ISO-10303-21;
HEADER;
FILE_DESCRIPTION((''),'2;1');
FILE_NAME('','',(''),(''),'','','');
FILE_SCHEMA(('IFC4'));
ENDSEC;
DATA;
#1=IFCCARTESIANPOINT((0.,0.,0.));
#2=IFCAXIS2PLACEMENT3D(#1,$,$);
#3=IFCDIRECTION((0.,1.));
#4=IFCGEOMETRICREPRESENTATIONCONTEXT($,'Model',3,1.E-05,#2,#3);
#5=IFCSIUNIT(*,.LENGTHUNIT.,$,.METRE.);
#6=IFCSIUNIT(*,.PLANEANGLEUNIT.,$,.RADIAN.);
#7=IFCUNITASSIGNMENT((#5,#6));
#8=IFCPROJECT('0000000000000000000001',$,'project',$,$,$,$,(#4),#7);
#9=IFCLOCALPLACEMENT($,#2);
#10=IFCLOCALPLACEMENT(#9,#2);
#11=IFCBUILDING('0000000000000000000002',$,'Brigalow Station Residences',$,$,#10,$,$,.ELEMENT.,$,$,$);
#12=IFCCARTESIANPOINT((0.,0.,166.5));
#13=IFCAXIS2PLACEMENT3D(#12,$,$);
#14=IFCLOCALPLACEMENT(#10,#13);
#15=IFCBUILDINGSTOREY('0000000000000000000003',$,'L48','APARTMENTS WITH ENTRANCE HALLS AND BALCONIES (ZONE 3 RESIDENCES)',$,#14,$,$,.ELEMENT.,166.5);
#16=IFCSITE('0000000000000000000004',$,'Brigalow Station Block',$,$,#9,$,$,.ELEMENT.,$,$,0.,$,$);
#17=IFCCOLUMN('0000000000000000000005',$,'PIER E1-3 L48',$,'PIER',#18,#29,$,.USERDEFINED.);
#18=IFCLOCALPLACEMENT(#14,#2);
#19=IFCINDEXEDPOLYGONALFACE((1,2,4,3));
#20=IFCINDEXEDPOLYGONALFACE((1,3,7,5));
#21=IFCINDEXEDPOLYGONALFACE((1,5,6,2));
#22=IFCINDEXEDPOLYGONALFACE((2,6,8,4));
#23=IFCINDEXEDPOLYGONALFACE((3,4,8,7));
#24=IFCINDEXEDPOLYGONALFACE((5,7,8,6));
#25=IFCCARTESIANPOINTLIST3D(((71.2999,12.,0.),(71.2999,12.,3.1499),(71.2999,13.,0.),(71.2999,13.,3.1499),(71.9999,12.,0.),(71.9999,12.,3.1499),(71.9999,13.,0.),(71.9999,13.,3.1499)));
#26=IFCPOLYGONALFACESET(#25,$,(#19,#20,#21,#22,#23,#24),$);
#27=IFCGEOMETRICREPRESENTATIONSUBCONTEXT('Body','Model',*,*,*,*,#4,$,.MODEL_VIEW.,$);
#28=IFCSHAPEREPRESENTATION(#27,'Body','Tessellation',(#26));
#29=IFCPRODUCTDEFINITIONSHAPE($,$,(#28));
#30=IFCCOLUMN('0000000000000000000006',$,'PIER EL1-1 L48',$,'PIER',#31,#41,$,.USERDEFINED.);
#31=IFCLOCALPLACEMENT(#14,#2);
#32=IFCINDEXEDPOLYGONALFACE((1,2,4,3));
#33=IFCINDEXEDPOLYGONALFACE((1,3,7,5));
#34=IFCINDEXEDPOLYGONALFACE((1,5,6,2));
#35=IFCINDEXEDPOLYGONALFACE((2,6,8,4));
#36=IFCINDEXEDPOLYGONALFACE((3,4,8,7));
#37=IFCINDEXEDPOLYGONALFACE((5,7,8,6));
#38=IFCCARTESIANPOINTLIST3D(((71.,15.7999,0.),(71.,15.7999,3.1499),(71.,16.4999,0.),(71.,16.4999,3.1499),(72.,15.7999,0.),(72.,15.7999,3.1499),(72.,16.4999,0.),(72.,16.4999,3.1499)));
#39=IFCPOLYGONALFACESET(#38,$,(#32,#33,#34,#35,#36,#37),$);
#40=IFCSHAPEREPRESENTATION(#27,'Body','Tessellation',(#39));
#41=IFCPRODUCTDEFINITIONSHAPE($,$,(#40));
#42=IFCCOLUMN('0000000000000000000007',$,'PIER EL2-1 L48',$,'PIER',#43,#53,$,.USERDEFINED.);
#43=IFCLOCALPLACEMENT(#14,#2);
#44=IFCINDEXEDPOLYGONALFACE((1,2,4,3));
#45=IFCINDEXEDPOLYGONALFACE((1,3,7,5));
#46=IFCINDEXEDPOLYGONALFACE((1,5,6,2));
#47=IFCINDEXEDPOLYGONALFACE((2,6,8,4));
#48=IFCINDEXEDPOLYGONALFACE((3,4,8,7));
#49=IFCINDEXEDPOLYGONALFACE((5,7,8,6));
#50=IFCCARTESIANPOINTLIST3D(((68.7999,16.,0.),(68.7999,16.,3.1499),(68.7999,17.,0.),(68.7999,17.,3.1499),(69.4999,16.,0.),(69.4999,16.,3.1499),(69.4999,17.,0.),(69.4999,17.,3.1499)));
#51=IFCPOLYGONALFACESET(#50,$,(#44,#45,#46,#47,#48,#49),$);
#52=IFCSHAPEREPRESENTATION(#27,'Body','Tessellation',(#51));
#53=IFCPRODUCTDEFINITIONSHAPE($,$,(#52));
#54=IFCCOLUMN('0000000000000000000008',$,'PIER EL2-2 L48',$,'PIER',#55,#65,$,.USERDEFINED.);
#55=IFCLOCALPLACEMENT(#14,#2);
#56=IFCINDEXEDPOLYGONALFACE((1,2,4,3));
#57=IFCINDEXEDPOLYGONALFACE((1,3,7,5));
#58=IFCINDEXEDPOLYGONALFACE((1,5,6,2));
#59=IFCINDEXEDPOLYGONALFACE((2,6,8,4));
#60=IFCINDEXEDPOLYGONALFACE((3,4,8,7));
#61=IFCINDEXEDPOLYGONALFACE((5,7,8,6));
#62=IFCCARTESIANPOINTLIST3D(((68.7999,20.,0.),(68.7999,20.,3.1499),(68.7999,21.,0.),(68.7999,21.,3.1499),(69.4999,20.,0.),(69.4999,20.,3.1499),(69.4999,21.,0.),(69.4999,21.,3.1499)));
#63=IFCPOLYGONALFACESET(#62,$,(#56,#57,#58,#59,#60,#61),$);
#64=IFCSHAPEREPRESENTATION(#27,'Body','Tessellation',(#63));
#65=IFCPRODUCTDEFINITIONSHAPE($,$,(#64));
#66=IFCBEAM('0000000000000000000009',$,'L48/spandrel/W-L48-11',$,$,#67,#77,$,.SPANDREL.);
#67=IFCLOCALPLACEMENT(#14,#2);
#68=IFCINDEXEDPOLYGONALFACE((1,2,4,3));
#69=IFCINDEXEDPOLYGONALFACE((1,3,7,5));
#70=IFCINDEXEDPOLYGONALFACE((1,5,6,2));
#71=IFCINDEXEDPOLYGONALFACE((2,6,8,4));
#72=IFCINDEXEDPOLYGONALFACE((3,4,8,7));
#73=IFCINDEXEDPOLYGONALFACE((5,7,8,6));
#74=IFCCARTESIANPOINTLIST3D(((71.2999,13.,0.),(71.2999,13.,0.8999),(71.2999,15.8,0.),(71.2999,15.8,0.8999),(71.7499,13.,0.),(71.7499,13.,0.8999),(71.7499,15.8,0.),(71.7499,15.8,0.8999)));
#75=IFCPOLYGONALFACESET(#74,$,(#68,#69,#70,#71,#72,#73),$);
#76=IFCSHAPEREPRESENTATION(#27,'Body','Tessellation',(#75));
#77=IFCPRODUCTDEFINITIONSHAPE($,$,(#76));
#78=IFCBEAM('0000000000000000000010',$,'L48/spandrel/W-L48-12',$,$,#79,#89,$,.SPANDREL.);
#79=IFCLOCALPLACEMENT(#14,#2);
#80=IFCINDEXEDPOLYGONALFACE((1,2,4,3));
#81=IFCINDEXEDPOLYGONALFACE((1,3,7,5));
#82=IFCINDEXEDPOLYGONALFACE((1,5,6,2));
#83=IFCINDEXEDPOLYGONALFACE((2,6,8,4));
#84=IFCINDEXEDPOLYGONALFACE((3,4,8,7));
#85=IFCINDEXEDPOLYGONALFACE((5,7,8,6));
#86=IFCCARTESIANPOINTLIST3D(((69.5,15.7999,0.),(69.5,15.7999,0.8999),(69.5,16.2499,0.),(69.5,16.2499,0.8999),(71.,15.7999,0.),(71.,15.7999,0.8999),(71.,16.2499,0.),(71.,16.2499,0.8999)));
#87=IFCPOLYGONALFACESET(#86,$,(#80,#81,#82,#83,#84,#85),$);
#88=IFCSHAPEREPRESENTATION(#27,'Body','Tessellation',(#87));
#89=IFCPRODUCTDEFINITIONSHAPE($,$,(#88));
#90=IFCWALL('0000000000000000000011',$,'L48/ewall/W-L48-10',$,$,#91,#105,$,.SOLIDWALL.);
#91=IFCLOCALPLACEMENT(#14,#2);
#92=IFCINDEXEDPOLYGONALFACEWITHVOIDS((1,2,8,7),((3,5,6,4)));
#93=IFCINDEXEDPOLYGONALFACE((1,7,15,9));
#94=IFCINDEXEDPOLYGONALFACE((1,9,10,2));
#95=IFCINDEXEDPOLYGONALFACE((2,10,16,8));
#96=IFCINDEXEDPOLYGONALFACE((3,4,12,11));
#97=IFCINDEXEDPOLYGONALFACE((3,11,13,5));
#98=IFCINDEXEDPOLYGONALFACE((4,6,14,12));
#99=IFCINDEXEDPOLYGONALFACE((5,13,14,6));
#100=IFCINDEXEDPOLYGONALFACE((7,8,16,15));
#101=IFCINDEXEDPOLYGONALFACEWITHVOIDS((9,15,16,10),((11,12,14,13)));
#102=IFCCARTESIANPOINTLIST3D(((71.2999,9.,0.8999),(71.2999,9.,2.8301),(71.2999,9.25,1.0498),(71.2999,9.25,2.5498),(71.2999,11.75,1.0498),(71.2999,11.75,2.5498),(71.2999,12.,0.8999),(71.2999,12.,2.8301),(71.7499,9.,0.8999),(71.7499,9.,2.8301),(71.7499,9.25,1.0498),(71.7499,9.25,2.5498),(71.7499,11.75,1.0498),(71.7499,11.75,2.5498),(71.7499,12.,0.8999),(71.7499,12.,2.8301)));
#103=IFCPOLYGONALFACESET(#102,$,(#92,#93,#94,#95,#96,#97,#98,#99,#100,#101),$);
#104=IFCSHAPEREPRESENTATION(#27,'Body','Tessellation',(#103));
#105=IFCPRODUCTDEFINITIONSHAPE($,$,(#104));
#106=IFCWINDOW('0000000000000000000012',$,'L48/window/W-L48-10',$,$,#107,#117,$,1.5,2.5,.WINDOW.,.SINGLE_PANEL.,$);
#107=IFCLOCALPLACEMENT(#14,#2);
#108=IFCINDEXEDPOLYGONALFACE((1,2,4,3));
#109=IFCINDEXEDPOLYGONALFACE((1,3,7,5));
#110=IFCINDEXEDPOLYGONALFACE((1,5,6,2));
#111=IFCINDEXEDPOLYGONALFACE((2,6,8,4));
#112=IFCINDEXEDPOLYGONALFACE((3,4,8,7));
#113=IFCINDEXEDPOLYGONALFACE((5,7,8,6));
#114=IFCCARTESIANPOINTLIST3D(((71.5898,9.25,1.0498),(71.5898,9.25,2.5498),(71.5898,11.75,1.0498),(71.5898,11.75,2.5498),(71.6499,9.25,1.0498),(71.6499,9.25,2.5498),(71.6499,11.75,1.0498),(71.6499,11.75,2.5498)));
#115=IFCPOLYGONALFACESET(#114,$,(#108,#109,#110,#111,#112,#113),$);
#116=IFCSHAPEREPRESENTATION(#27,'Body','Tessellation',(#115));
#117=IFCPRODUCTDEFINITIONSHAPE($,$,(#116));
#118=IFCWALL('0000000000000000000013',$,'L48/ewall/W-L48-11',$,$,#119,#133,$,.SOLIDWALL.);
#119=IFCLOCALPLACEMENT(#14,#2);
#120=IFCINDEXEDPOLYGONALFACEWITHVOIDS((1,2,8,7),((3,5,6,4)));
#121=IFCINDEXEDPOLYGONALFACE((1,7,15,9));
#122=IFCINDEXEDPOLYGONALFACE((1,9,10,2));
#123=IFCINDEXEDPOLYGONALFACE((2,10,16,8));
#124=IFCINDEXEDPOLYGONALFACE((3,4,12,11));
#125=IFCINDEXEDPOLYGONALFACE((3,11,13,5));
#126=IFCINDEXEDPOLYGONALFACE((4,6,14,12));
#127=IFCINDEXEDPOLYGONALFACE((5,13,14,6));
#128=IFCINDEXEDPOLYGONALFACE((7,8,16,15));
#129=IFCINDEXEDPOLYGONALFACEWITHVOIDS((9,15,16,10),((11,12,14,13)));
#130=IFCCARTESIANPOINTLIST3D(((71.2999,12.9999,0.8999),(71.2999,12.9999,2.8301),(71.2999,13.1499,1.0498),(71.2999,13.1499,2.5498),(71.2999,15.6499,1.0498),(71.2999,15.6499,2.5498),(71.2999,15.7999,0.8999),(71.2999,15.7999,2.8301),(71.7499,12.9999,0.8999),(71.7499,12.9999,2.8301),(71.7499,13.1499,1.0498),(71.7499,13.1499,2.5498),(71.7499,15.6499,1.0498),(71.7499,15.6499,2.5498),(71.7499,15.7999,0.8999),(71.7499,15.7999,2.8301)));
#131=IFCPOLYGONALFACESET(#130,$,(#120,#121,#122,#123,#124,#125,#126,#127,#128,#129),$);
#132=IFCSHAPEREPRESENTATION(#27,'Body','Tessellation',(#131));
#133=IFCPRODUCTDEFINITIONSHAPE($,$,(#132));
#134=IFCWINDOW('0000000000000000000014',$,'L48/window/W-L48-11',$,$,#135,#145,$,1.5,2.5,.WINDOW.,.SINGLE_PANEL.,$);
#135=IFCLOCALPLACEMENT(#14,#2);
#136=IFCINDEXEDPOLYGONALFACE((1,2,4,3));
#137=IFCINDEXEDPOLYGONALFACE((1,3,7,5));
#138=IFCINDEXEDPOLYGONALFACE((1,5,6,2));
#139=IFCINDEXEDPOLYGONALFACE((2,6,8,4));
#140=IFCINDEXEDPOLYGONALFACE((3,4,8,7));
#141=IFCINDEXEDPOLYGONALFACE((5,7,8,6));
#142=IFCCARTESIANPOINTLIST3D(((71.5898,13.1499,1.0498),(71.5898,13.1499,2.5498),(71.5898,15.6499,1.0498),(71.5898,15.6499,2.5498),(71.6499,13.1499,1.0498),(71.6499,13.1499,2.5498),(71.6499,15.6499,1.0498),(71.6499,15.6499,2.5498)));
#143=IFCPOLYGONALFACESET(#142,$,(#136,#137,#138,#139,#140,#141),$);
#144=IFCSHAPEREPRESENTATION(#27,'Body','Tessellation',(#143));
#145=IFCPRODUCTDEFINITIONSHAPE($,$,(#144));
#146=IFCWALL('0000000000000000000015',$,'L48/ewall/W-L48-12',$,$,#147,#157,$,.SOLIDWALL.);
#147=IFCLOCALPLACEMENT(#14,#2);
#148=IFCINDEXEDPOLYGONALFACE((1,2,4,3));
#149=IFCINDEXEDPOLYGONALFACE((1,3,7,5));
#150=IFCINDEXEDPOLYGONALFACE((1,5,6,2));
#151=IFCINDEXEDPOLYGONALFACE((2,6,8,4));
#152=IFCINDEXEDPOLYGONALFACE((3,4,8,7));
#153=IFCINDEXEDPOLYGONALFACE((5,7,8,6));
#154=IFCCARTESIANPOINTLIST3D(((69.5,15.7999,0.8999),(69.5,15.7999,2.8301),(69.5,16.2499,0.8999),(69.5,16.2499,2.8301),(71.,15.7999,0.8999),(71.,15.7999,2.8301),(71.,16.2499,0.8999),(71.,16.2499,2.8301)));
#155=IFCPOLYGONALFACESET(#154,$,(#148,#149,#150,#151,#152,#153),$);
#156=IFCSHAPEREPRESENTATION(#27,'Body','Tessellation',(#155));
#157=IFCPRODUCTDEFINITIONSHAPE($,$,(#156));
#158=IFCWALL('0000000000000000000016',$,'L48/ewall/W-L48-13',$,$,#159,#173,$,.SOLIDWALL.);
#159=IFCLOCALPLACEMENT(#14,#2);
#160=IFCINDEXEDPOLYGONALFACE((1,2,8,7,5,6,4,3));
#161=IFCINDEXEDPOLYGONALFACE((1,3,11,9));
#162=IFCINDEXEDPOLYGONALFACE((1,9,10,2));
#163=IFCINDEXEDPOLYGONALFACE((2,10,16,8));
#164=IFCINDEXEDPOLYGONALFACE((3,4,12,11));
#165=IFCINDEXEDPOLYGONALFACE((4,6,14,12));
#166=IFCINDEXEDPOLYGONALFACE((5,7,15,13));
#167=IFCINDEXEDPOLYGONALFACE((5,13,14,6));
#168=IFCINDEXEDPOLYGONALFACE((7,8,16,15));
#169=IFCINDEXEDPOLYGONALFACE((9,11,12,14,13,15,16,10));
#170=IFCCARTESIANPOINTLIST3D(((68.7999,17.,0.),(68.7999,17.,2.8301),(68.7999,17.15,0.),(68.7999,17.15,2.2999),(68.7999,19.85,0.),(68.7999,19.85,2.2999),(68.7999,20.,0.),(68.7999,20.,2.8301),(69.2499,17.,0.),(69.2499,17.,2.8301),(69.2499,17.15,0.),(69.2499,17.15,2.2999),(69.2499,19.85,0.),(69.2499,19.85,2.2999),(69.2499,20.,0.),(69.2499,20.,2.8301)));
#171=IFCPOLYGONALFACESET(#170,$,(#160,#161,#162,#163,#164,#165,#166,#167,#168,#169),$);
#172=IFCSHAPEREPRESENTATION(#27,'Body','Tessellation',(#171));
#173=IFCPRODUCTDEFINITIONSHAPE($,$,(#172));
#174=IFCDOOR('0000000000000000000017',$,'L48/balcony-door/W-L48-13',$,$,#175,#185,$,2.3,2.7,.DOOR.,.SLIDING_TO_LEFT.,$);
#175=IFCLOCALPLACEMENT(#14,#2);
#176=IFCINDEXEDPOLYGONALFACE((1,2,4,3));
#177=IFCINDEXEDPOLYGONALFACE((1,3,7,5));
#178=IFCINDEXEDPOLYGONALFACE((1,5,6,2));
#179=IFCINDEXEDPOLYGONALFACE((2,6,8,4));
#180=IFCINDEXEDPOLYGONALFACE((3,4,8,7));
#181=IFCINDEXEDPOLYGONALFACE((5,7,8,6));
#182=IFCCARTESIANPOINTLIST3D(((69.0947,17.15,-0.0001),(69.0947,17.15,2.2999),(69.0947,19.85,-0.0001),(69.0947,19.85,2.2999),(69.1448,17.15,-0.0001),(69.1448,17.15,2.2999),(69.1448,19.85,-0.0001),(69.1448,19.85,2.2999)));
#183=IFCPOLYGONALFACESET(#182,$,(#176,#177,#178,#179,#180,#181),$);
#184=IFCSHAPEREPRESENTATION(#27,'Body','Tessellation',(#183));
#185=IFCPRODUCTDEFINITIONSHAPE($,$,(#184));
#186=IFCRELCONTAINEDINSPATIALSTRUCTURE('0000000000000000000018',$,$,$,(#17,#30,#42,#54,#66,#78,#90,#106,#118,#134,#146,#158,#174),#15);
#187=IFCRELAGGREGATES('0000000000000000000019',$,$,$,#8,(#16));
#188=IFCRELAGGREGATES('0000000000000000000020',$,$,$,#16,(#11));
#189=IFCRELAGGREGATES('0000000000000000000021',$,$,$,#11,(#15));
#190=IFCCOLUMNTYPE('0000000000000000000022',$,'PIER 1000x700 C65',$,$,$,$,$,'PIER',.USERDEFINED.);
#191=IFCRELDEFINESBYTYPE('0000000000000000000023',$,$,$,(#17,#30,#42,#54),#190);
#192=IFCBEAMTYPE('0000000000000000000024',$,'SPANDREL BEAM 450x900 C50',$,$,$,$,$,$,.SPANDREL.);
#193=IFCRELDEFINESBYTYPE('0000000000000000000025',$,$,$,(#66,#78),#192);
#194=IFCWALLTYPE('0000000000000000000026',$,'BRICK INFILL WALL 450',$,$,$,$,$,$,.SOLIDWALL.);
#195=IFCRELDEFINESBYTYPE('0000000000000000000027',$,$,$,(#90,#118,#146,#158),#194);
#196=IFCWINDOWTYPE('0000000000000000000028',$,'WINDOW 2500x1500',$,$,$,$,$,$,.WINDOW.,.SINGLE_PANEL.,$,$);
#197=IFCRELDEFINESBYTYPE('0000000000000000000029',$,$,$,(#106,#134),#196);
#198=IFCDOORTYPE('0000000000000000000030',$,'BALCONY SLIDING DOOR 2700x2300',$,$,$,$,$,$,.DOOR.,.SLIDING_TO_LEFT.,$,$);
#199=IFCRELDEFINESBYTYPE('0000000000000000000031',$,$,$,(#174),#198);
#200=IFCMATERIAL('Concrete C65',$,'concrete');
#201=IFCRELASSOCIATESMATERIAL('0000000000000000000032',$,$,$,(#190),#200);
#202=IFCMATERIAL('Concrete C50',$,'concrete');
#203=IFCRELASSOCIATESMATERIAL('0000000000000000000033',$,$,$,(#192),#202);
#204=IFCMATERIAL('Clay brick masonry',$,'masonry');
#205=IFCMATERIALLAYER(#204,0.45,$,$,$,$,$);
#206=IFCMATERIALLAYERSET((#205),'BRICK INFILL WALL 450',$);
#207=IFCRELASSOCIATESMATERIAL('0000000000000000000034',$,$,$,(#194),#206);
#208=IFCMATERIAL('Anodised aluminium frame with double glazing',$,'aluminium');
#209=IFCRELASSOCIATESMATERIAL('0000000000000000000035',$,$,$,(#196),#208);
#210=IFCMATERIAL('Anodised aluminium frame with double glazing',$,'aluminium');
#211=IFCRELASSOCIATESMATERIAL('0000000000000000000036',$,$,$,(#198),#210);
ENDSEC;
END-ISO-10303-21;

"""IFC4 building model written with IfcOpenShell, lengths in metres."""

from ifc_helpers import new_model, si_unit, direction, frame, frame_2d, origin, origin_2d, place, context, subcontext, project, spatial, rectangle, extrude, material, layer, layer_set, material_profile, profile_set, type_object, element, fill, save


model = new_model("IFC4")

# Units and contexts
model_context = context("Model", 3, precision=1e-05, world=origin(), true_north=direction((0.0, 1.0)))
body_context = subcontext(model_context, "Body", "Model", "MODEL_VIEW")
ifc_project = project(units=[si_unit("LENGTHUNIT", "METRE"), si_unit("PLANEANGLEUNIT", "RADIAN")], contexts=[model_context])

# Site, building, storey
site_placement = place(None, origin())
site = spatial("IfcSite", under=ifc_project, at=site_placement, Name="Brigalow Station Block", CompositionType="ELEMENT", RefElevation=0.0)
building_placement = place(site_placement, origin())
building = spatial("IfcBuilding", under=site, at=building_placement, Name="Brigalow Station Residences", CompositionType="ELEMENT")
storey_placement = place(building_placement, frame((0.0, 0.0, 166.5)))
storey = spatial("IfcBuildingStorey", under=building, at=storey_placement, Name="L48", Description="APARTMENTS WITH ENTRANCE HALLS AND BALCONIES (ZONE 3 RESIDENCES)", CompositionType="ELEMENT", Elevation=166.5)

# Columns
ifc_material_1 = material(Name="Concrete C65", Category="concrete")
ifc_material_profile_1 = material_profile(ifc_material_1, rectangle(XDim=1.0, YDim=0.7, at=origin_2d()), Name="RC1000x700")
ifc_profile_set_1 = profile_set([ifc_material_profile_1], Name="Concrete C65")
column_type = type_object("IfcColumnType", Name="PIER 1000x700 C65", ElementType="PIER", PredefinedType="USERDEFINED", material=ifc_profile_set_1)
for number, where, z_axis, x_axis, name in (
    (1, (71.6499, 12.5, 0.0), (0.0, 0.0, 1.0), (0.0, 1.0, 0.0), "PIER E1-3 L48"),
    (2, (71.5, 16.1499, 0.0), (0.0, 0.0, 1.0), (-1.0, 0.0, 0.0), "PIER EL1-1 L48"),
    (3, (69.1499, 16.5, 0.0), (0.0, 0.0, 1.0), (0.0, 1.0, 0.0), "PIER EL2-1 L48"),
    (4, (69.1499, 20.5, 0.0), (0.0, 0.0, 1.0), (0.0, 1.0, 0.0), "PIER EL2-2 L48"),
):
    element("IfcColumn", number, at=place(storey_placement, frame(where, z_axis=z_axis, x_axis=x_axis)), inside=storey, type_object=column_type, Name=name, ObjectType="PIER", PredefinedType="USERDEFINED", context=body_context, shape_type="SweptSolid", body=[
        extrude(rectangle(XDim=1.0, YDim=0.7, at=origin_2d()), origin(), (0.0, 0.0, 1.0), 3.1499),
    ])

# Beams
ifc_material_2 = material(Name="Concrete C50", Category="concrete")
ifc_material_profile_2 = material_profile(ifc_material_2, rectangle(XDim=0.45, YDim=0.8999, at=origin_2d()), Name="RC450x900")
ifc_profile_set_2 = profile_set([ifc_material_profile_2], Name="Concrete C50")
beam_type = type_object("IfcBeamType", Name="SPANDREL BEAM 450x900 C50", PredefinedType="SPANDREL", material=ifc_profile_set_2)
beam_1_placement = place(storey_placement, frame((71.5249, 13.0, 0.45), z_axis=(0.0, 1.0, 0.0), x_axis=(-1.0, 0.0, 0.0)))
element("IfcBeam", 5, at=beam_1_placement, inside=storey, type_object=beam_type, Name="L48/spandrel/W-L48-11", PredefinedType="SPANDREL", context=body_context, shape_type="SweptSolid", body=[
    extrude(rectangle(XDim=0.45, YDim=0.8999, at=origin_2d()), origin(), (0.0, 0.0, 1.0), 2.8),
])
beam_2_placement = place(storey_placement, frame((71.0, 16.0249, 0.45), z_axis=(-1.0, 0.0, 0.0), x_axis=(0.0, -1.0, 0.0)))
element("IfcBeam", 6, at=beam_2_placement, inside=storey, type_object=beam_type, Name="L48/spandrel/W-L48-12", PredefinedType="SPANDREL", context=body_context, shape_type="SweptSolid", body=[
    extrude(rectangle(XDim=0.45, YDim=0.8999, at=origin_2d()), origin(), (0.0, 0.0, 1.0), 1.5),
])

# Walls, openings, windows
ifc_material_3 = material(Name="Clay brick masonry", Category="masonry")
ifc_layer = layer(ifc_material_3, 0.45)
ifc_layer_set = layer_set([ifc_layer], Name="BRICK INFILL WALL 450")
wall_type = type_object("IfcWallType", Name="BRICK INFILL WALL 450", PredefinedType="SOLIDWALL", material=ifc_layer_set)
wall_1_placement = place(storey_placement, frame((71.5249, 9.0, 0.8999), z_axis=(0.0, 0.0, 1.0), x_axis=(0.0, 1.0, 0.0)))
wall_1 = element("IfcWall", 7, at=wall_1_placement, inside=storey, type_object=wall_type, Name="L48/ewall/W-L48-10", PredefinedType="SOLIDWALL", context=body_context, shape_type="SweptSolid", body=[
    extrude(rectangle(XDim=3.0, YDim=0.45, at=frame_2d((1.5, 0.0))), origin(), (0.0, 0.0, 1.0), 1.9302),
])
opening_1_placement = place(wall_1_placement, frame((0.25, 0.0, 0.1499)))
opening_1 = element("IfcOpeningElement", 8, at=opening_1_placement, cuts=wall_1, PredefinedType="OPENING", context=body_context, shape_type="SweptSolid", body=[
    extrude(rectangle(XDim=2.5, YDim=1.5, at=frame_2d((1.25, 0.75))), frame((0.0, 0.2349, 0.0), z_axis=(0.0, -1.0, 0.0), x_axis=(1.0, 0.0, 0.0)), (0.0, 0.0, 1.0), 0.47),
])
ifc_material_4 = material(Name="Anodised aluminium frame with double glazing", Category="aluminium")
window_type = type_object("IfcWindowType", Name="WINDOW 2500x1500", PartitioningType="SINGLE_PANEL", PredefinedType="WINDOW", material=ifc_material_4)
window_1_placement = place(opening_1_placement, origin())
window_1 = element("IfcWindow", 9, at=window_1_placement, inside=storey, type_object=window_type, Name="L48/window/W-L48-10", OverallHeight=1.5, OverallWidth=2.5, PartitioningType="SINGLE_PANEL", PredefinedType="WINDOW", context=body_context, shape_type="SweptSolid", body=[
    extrude(rectangle(XDim=2.5, YDim=1.5, at=frame_2d((1.25, 0.75))), frame((0.0, -0.0649, 0.0), z_axis=(0.0, -1.0, 0.0), x_axis=(1.0, 0.0, 0.0)), (0.0, 0.0, 1.0), 0.0601),
])
fill(opening_1, window_1)
wall_2_placement = place(storey_placement, frame((71.5249, 13.0, 0.8999), z_axis=(0.0, 0.0, 1.0), x_axis=(0.0, 1.0, 0.0)))
wall_2 = element("IfcWall", 10, at=wall_2_placement, inside=storey, type_object=wall_type, Name="L48/ewall/W-L48-11", PredefinedType="SOLIDWALL", context=body_context, shape_type="SweptSolid", body=[
    extrude(rectangle(XDim=2.8, YDim=0.45, at=frame_2d((1.3999, 0.0))), origin(), (0.0, 0.0, 1.0), 1.9302),
])
opening_2_placement = place(wall_2_placement, frame((0.1499, 0.0, 0.1499)))
opening_2 = element("IfcOpeningElement", 11, at=opening_2_placement, cuts=wall_2, PredefinedType="OPENING", context=body_context, shape_type="SweptSolid", body=[
    extrude(rectangle(XDim=2.5, YDim=1.5, at=frame_2d((1.25, 0.75))), frame((0.0, 0.2349, 0.0), z_axis=(0.0, -1.0, 0.0), x_axis=(1.0, 0.0, 0.0)), (0.0, 0.0, 1.0), 0.47),
])
window_2_placement = place(opening_2_placement, origin())
window_2 = element("IfcWindow", 12, at=window_2_placement, inside=storey, type_object=window_type, Name="L48/window/W-L48-11", OverallHeight=1.5, OverallWidth=2.5, PartitioningType="SINGLE_PANEL", PredefinedType="WINDOW", context=body_context, shape_type="SweptSolid", body=[
    extrude(rectangle(XDim=2.5, YDim=1.5, at=frame_2d((1.25, 0.75))), frame((0.0, -0.0649, 0.0), z_axis=(0.0, -1.0, 0.0), x_axis=(1.0, 0.0, 0.0)), (0.0, 0.0, 1.0), 0.0601),
])
fill(opening_2, window_2)

# Wall
wall_3_placement = place(storey_placement, frame((71.0, 16.0249, 0.8999), z_axis=(0.0, 0.0, 1.0), x_axis=(-1.0, 0.0, 0.0)))
element("IfcWall", 13, at=wall_3_placement, inside=storey, type_object=wall_type, Name="L48/ewall/W-L48-12", PredefinedType="SOLIDWALL", context=body_context, shape_type="SweptSolid", body=[
    extrude(rectangle(XDim=1.5, YDim=0.45, at=frame_2d((0.75, 0.0))), origin(), (0.0, 0.0, 1.0), 1.9302),
])

# Wall, opening, door
wall_4_placement = place(storey_placement, frame((69.0249, 17.0, 0.0), z_axis=(0.0, 0.0, 1.0), x_axis=(0.0, 1.0, 0.0)))
wall_4 = element("IfcWall", 14, at=wall_4_placement, inside=storey, type_object=wall_type, Name="L48/ewall/W-L48-13", PredefinedType="SOLIDWALL", context=body_context, shape_type="SweptSolid", body=[
    extrude(rectangle(XDim=3.0, YDim=0.45, at=frame_2d((1.5, 0.0))), origin(), (0.0, 0.0, 1.0), 2.8301),
])
opening_3_placement = place(wall_4_placement, frame((0.1499, 0.0, 0.0)))
opening_3 = element("IfcOpeningElement", 15, at=opening_3_placement, cuts=wall_4, PredefinedType="OPENING", context=body_context, shape_type="SweptSolid", body=[
    extrude(rectangle(XDim=2.7, YDim=2.3, at=frame_2d((1.3501, 1.1499))), frame((0.0, 0.2349, 0.0), z_axis=(0.0, -1.0, 0.0), x_axis=(1.0, 0.0, 0.0)), (0.0, 0.0, 1.0), 0.47),
])
ifc_material_5 = material(Name="Anodised aluminium frame with double glazing", Category="aluminium")
door_type = type_object("IfcDoorType", Name="BALCONY SLIDING DOOR 2700x2300", OperationType="SLIDING_TO_LEFT", PredefinedType="DOOR", material=ifc_material_5)
door_1_placement = place(opening_3_placement, origin())
door_1 = element("IfcDoor", 16, at=door_1_placement, inside=storey, type_object=door_type, Name="L48/balcony-door/W-L48-13", OperationType="SLIDING_TO_LEFT", OverallHeight=2.3, OverallWidth=2.7, PredefinedType="DOOR", context=body_context, shape_type="SweptSolid", body=[
    extrude(rectangle(XDim=2.7, YDim=2.3, at=frame_2d((1.3501, 1.1499))), frame((0.0, -0.0698, 0.0), z_axis=(0.0, -1.0, 0.0), x_axis=(1.0, 0.0, 0.0)), (0.0, 0.0, 1.0), 0.05),
])
fill(opening_3, door_1)

save(model, "model.ifc")
